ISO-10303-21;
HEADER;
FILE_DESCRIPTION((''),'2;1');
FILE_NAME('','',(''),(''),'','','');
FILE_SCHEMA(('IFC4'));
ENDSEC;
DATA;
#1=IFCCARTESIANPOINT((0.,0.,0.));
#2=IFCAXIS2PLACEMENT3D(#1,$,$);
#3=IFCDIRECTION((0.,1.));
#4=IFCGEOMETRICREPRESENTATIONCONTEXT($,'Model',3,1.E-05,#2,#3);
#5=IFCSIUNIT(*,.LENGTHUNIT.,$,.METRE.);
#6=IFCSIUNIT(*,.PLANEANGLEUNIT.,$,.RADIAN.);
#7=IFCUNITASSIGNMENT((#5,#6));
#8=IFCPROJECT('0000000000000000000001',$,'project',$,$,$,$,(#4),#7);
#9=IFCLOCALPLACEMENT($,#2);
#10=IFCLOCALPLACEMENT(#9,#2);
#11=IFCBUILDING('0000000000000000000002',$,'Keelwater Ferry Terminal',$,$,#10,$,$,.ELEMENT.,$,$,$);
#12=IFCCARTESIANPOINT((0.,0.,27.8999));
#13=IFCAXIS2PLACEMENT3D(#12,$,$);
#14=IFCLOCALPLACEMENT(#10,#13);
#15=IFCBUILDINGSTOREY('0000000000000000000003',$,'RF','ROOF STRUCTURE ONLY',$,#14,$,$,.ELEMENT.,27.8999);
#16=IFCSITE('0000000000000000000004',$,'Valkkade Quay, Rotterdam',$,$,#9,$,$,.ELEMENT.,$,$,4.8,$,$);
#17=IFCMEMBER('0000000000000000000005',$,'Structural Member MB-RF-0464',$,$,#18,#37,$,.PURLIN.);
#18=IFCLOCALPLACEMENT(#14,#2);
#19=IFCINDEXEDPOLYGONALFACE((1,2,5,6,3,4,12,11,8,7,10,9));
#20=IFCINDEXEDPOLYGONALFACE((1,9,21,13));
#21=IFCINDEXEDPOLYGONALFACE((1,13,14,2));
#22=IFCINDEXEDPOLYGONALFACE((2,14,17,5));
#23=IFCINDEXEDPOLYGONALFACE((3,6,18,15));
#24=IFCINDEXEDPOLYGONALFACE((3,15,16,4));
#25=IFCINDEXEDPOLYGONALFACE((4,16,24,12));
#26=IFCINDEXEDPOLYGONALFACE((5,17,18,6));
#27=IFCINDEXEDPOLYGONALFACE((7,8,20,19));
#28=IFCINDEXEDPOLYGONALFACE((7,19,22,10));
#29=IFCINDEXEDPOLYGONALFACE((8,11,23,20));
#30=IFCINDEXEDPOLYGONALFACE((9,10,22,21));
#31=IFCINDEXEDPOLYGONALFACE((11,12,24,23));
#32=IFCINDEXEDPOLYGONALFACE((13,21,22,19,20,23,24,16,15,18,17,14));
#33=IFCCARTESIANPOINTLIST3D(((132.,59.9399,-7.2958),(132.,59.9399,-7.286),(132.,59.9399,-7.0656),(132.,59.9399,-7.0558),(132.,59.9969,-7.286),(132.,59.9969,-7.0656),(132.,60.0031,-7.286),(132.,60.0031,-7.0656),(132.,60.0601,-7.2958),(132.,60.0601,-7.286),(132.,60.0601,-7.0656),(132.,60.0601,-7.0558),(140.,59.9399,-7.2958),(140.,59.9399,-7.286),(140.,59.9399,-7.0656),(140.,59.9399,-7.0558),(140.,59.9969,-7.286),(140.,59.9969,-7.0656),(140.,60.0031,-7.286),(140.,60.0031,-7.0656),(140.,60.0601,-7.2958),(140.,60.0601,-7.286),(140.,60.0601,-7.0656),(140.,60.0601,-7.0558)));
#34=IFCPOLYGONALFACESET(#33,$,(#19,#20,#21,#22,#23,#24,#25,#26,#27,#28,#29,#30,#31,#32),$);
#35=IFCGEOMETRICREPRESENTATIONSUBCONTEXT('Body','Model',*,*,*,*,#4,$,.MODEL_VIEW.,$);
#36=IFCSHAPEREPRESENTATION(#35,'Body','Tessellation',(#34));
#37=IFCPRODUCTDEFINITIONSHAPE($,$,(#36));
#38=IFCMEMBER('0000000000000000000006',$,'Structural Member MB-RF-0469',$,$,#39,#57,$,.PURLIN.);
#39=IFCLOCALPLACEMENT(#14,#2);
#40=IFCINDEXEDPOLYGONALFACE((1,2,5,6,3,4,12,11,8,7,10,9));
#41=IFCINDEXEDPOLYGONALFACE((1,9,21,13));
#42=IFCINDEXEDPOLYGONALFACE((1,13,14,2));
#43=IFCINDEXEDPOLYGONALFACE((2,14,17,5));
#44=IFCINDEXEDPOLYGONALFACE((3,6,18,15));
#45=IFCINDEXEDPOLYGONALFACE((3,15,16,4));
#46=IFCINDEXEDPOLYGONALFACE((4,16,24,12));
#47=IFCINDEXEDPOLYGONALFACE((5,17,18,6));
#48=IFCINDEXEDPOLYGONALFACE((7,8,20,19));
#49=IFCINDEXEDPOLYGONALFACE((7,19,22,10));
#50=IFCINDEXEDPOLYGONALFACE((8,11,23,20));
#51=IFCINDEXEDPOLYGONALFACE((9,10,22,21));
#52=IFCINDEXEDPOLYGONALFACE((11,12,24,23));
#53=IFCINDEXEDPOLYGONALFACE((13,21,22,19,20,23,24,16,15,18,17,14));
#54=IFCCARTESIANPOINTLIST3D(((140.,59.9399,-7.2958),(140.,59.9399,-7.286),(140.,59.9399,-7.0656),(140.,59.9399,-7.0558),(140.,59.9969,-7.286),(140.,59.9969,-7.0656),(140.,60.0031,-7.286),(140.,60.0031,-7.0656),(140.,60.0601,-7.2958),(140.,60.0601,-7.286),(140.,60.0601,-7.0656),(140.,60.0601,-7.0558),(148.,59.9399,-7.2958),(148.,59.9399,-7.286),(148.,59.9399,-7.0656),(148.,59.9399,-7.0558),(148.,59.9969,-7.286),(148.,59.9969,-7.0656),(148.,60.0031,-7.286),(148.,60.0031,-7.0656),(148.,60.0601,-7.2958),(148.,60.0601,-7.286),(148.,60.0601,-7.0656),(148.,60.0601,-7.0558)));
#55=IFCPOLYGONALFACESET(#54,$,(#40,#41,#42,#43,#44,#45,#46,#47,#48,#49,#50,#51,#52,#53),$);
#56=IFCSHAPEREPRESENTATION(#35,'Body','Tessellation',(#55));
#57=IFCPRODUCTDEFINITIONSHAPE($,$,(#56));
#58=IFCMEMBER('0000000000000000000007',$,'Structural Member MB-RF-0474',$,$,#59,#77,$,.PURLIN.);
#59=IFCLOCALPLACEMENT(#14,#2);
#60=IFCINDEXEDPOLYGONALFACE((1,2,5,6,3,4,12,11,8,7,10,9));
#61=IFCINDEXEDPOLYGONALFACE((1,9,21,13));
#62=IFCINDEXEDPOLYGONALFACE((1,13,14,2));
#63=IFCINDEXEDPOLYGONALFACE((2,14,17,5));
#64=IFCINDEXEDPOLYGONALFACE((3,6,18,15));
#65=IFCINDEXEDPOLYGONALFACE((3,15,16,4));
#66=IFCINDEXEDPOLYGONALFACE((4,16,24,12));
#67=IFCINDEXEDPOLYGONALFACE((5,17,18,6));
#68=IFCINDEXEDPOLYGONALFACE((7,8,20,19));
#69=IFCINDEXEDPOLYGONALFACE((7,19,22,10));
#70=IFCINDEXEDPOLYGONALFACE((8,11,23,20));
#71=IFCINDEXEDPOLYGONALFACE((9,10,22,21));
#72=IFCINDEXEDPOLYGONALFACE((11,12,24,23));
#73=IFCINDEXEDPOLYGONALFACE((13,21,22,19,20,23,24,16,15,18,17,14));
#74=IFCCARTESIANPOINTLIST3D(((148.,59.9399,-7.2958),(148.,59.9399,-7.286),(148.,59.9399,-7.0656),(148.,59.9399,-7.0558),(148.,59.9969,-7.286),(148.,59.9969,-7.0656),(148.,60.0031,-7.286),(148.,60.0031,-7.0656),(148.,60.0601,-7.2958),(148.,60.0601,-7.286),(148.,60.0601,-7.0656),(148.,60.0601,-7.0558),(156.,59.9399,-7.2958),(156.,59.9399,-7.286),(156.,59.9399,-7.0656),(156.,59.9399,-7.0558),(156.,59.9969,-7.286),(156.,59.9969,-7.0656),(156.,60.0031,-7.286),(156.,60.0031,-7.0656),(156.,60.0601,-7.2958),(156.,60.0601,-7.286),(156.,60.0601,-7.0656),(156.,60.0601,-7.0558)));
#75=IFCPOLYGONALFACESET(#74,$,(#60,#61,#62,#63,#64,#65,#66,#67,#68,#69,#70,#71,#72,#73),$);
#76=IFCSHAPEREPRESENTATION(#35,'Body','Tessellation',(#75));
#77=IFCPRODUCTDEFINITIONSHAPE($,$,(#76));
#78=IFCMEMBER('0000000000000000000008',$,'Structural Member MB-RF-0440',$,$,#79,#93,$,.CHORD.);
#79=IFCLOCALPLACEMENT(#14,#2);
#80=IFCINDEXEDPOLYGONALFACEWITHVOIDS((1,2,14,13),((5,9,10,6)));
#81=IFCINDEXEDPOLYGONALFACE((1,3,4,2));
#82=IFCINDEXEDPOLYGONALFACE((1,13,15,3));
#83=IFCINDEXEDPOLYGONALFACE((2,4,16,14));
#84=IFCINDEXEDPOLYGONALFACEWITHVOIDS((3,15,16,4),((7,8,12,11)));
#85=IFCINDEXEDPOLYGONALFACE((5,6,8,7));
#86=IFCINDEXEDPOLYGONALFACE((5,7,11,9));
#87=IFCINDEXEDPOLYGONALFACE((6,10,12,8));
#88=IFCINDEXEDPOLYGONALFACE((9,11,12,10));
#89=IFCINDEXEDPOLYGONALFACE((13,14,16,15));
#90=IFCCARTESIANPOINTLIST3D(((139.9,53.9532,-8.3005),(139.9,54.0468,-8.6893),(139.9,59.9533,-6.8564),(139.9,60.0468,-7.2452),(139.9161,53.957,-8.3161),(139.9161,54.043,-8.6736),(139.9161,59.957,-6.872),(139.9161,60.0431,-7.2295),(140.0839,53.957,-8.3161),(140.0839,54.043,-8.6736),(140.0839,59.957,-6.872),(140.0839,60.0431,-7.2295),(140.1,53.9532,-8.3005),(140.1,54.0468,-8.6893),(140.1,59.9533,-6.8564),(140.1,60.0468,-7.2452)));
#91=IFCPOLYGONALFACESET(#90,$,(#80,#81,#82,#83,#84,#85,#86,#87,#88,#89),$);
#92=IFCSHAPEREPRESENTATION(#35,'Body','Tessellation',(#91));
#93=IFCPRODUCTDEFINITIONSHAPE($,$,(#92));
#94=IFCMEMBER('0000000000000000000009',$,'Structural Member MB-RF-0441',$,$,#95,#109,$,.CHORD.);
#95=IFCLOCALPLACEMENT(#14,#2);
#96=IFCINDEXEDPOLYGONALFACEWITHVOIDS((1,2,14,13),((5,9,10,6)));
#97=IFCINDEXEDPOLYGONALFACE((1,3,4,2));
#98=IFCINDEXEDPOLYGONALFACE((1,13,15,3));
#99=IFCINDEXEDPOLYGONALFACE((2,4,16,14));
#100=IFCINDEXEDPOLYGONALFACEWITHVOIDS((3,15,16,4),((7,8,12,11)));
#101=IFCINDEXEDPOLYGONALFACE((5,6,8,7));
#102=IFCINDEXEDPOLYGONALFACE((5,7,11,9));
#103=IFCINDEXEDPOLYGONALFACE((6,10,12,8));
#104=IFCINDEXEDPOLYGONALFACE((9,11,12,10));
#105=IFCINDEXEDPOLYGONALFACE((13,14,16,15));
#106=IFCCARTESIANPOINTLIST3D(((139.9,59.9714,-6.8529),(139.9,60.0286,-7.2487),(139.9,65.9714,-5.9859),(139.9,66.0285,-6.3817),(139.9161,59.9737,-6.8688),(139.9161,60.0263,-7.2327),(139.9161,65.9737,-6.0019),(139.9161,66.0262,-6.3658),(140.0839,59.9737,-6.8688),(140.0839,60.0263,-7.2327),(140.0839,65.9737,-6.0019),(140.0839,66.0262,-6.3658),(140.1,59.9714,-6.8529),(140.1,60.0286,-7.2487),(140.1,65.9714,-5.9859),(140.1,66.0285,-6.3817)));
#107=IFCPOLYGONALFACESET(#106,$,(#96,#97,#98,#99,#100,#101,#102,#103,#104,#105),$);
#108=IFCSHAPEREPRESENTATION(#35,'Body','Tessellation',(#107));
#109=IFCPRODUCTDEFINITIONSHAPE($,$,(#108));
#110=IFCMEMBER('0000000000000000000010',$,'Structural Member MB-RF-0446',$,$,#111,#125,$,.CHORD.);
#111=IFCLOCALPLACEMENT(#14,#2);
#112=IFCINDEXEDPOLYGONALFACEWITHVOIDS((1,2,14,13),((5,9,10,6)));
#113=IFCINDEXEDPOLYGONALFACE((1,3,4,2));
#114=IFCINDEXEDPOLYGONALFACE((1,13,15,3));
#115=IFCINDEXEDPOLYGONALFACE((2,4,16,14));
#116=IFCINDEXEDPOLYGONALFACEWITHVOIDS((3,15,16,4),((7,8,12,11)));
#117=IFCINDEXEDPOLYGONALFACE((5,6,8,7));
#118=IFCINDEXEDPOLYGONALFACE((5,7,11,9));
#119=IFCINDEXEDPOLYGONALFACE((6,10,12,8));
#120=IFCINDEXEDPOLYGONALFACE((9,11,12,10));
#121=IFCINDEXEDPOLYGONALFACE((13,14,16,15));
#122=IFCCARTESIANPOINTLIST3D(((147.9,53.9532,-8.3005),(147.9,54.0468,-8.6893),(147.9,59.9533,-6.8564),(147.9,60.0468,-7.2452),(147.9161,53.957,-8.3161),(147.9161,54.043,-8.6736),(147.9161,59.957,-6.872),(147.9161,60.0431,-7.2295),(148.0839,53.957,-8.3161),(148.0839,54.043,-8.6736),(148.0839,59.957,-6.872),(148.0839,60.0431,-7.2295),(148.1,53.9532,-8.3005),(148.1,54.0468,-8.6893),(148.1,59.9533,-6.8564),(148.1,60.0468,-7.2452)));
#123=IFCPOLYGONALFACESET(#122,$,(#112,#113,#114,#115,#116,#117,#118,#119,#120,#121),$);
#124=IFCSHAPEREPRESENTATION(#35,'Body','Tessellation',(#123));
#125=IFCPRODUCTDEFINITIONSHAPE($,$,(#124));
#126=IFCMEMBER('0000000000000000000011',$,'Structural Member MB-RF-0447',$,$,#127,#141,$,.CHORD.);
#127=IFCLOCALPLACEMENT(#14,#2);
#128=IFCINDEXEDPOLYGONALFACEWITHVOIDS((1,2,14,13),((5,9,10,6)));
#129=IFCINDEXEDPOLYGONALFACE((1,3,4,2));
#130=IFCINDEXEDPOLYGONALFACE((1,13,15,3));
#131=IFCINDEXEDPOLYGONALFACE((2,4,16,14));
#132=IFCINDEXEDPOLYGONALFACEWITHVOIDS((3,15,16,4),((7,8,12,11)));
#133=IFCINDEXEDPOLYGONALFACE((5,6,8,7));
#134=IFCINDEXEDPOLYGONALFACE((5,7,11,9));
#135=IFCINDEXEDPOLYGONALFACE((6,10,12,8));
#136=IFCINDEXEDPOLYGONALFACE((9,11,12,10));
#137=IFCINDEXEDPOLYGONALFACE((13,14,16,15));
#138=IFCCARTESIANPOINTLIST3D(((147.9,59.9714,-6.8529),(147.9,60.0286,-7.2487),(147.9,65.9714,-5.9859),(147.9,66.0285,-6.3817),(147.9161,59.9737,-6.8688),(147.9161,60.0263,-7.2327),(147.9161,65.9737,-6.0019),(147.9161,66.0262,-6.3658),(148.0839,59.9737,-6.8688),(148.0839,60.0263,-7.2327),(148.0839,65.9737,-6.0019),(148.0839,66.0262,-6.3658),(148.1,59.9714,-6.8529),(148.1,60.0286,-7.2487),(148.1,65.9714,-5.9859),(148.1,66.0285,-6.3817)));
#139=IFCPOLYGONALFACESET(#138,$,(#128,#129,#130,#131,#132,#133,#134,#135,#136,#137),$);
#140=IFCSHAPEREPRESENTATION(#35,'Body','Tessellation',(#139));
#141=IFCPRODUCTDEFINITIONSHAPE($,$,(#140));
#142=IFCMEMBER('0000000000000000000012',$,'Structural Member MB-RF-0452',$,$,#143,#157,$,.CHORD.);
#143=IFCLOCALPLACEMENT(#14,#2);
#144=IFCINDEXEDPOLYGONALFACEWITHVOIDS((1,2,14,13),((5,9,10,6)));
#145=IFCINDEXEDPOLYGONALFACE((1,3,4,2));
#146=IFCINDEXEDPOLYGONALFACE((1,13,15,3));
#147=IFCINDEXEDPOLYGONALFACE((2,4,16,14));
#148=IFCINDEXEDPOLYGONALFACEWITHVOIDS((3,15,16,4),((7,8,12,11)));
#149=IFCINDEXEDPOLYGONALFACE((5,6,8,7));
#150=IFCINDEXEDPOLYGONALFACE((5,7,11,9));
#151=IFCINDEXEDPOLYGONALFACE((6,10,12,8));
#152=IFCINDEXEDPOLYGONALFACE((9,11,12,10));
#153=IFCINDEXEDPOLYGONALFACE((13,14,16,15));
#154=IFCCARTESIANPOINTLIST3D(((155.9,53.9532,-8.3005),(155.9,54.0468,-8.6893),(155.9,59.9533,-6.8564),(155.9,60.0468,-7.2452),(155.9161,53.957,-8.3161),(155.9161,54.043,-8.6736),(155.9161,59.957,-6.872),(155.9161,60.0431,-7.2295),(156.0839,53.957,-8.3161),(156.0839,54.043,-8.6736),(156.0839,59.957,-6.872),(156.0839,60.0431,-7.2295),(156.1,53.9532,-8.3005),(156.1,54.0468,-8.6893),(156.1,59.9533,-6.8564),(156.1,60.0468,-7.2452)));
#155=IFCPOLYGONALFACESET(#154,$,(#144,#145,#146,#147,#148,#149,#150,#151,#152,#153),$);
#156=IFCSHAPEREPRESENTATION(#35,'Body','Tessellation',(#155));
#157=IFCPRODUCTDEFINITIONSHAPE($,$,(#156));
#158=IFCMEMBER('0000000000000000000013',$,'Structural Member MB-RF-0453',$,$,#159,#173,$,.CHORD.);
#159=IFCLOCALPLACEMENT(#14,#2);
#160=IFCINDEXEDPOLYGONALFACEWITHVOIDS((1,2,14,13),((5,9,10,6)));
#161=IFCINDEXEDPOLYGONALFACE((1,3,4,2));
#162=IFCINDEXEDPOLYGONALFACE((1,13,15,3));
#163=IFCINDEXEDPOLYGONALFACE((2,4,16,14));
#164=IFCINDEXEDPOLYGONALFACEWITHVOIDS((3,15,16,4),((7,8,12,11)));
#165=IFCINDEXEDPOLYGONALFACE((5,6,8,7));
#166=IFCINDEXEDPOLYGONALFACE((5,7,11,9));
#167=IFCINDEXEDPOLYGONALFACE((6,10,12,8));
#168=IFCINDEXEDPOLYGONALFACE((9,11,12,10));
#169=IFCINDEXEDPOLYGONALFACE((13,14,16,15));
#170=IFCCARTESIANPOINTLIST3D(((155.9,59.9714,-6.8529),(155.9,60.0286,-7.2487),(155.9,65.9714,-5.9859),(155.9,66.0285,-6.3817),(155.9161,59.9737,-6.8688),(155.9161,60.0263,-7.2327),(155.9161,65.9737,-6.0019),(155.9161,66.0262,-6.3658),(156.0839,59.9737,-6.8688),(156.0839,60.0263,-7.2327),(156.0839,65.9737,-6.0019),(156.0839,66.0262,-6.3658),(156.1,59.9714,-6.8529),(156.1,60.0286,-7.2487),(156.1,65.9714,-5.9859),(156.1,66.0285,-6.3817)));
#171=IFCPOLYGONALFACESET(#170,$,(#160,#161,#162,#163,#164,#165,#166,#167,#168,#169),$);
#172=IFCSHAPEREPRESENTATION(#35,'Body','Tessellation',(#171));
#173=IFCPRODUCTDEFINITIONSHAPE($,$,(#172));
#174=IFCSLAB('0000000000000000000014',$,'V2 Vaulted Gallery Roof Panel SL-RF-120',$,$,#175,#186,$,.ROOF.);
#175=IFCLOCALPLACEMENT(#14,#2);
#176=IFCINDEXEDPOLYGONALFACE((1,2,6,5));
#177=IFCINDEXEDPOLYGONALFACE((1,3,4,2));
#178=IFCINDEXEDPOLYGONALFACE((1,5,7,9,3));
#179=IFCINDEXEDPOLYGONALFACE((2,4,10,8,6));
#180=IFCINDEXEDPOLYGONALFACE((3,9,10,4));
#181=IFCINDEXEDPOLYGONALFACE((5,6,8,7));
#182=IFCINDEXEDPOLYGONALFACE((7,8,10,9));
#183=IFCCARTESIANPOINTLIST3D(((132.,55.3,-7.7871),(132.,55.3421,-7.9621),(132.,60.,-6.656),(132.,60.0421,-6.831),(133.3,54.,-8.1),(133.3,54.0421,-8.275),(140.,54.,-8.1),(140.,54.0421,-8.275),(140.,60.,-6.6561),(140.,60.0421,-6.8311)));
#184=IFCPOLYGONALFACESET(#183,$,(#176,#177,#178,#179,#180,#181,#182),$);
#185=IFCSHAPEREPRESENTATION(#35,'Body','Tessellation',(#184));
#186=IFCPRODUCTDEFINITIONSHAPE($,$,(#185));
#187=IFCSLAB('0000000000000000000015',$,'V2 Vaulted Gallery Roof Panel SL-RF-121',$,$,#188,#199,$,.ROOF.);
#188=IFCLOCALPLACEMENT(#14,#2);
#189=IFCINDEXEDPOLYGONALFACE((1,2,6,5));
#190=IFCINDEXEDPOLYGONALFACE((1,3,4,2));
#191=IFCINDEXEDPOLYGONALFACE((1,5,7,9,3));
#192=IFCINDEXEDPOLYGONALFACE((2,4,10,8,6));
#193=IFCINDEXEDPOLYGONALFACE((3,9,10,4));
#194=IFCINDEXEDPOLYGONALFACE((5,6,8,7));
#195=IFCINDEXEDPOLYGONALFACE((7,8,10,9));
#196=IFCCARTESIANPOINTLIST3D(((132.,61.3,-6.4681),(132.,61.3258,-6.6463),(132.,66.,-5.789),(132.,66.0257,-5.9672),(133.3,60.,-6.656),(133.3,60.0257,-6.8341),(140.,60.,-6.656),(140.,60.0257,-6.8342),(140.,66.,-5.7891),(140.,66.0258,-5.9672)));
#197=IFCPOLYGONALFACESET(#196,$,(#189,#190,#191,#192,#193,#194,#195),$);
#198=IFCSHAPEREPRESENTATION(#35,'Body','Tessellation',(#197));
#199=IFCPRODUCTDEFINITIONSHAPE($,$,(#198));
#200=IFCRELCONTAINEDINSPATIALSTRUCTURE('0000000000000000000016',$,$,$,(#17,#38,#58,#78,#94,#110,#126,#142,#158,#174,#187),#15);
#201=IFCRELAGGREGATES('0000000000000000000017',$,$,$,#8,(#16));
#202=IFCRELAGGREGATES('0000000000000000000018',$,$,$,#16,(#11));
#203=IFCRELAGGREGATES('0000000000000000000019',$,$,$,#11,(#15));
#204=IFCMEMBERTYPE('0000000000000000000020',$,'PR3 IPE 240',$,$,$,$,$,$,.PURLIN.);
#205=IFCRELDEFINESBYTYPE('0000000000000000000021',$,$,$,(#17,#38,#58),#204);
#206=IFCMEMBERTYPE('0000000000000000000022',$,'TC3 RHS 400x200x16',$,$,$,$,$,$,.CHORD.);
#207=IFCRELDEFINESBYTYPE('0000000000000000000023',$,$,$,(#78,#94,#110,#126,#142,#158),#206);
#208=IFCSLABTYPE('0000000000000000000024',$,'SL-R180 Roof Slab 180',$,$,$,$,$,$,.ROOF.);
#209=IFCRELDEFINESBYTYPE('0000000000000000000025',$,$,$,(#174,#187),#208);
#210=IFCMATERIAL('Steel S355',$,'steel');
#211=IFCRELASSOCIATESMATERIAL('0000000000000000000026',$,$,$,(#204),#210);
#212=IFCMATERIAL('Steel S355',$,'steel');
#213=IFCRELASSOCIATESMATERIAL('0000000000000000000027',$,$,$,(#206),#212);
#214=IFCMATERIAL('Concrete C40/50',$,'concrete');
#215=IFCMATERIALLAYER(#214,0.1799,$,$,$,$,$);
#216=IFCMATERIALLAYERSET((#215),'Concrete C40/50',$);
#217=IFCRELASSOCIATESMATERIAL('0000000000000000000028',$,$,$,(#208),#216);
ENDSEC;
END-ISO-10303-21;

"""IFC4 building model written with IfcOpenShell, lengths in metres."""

from ifc_helpers import new_model, si_unit, direction, frame, origin, origin_with_axes, origin_2d, place, context, subcontext, project, spatial, polyline, hollow_rectangle, i_section, outline, extrude, material, layer, layer_set, material_profile, profile_set, type_object, element, save


model = new_model("IFC4")

# Units and contexts
model_context = context("Model", 3, precision=1e-05, world=origin(), true_north=direction((0.0, 1.0)))
body_context = subcontext(model_context, "Body", "Model", "MODEL_VIEW")
ifc_project = project(units=[si_unit("LENGTHUNIT", "METRE"), si_unit("PLANEANGLEUNIT", "RADIAN")], contexts=[model_context])

# Site, building, storey
site_placement = place(None, origin())
site = spatial("IfcSite", under=ifc_project, at=site_placement, Name="Valkkade Quay, Rotterdam", CompositionType="ELEMENT", RefElevation=4.8)
building_placement = place(site_placement, origin())
building = spatial("IfcBuilding", under=site, at=building_placement, Name="Keelwater Ferry Terminal", CompositionType="ELEMENT")
storey_placement = place(building_placement, frame((0.0, 0.0, 27.8999)))
storey = spatial("IfcBuildingStorey", under=building, at=storey_placement, Name="RF", Description="ROOF STRUCTURE ONLY", CompositionType="ELEMENT", Elevation=27.8999)

# Members
ifc_material_1 = material(Name="Steel S355", Category="steel")
ifc_material_profile_1 = material_profile(ifc_material_1, i_section(OverallWidth=0.1201, OverallDepth=0.24, WebThickness=0.0061, FlangeThickness=0.0098, at=origin_2d()), Name="IPE 240")
ifc_profile_set_1 = profile_set([ifc_material_profile_1], Name="Steel S355")
member_type_1 = type_object("IfcMemberType", Name="PR3 IPE 240", PredefinedType="PURLIN", material=ifc_profile_set_1)
for number, where, z_axis, x_axis, name in (
    (1, (132.0, 60.0, -7.1758), (1.0, 0.0, 0.0), (0.0, 1.0, 0.0), "Structural Member MB-RF-0464"),
    (2, (140.0, 60.0, -7.1758), (1.0, 0.0, 0.0), (0.0, 1.0, 0.0), "Structural Member MB-RF-0469"),
    (3, (148.0, 60.0, -7.1758), (1.0, 0.0, 0.0), (0.0, 1.0, 0.0), "Structural Member MB-RF-0474"),
):
    element("IfcMember", number, at=place(storey_placement, frame(where, z_axis=z_axis, x_axis=x_axis)), inside=storey, type_object=member_type_1, Name=name, PredefinedType="PURLIN", context=body_context, shape_type="SweptSolid", body=[
        extrude(i_section(OverallWidth=0.1201, OverallDepth=0.24, WebThickness=0.0061, FlangeThickness=0.0098, at=origin_2d()), origin(), (0.0, 0.0, 1.0), 8.0),
    ])
ifc_material_2 = material(Name="Steel S355", Category="steel")
ifc_material_profile_2 = material_profile(ifc_material_2, hollow_rectangle(XDim=0.2, YDim=0.3999, WallThickness=0.0161, at=origin_2d()), Name="RHS 400x200x16")
ifc_profile_set_2 = profile_set([ifc_material_profile_2], Name="Steel S355")
member_type_2 = type_object("IfcMemberType", Name="TC3 RHS 400x200x16", PredefinedType="CHORD", material=ifc_profile_set_2)
member_1_placement = place(storey_placement, frame((140.0, 54.0, -8.4949), z_axis=(0.0, 0.972237, 0.234), x_axis=(-1.0, 0.0, 0.0)))
element("IfcMember", 4, at=member_1_placement, inside=storey, type_object=member_type_2, Name="Structural Member MB-RF-0440", PredefinedType="CHORD", context=body_context, shape_type="SweptSolid", body=[
    extrude(hollow_rectangle(XDim=0.2, YDim=0.3999, WallThickness=0.0161, at=origin_2d()), origin(), (0.0, 0.0, 1.0), 6.1714),
])
member_2_placement = place(storey_placement, frame((140.0, 60.0, -7.0508), z_axis=(0.0, 0.989722, 0.143005), x_axis=(-1.0, 0.0, 0.0)))
element("IfcMember", 5, at=member_2_placement, inside=storey, type_object=member_type_2, Name="Structural Member MB-RF-0441", PredefinedType="CHORD", context=body_context, shape_type="SweptSolid", body=[
    extrude(hollow_rectangle(XDim=0.2, YDim=0.3999, WallThickness=0.0161, at=origin_2d()), origin(), (0.0, 0.0, 1.0), 6.0623),
])
member_3_placement = place(storey_placement, frame((148.0, 54.0, -8.4949), z_axis=(0.0, 0.972237, 0.234), x_axis=(-1.0, 0.0, 0.0)))
element("IfcMember", 6, at=member_3_placement, inside=storey, type_object=member_type_2, Name="Structural Member MB-RF-0446", PredefinedType="CHORD", context=body_context, shape_type="SweptSolid", body=[
    extrude(hollow_rectangle(XDim=0.2, YDim=0.3999, WallThickness=0.0161, at=origin_2d()), origin(), (0.0, 0.0, 1.0), 6.1714),
])
member_4_placement = place(storey_placement, frame((148.0, 60.0, -7.0508), z_axis=(0.0, 0.989722, 0.143005), x_axis=(-1.0, 0.0, 0.0)))
element("IfcMember", 7, at=member_4_placement, inside=storey, type_object=member_type_2, Name="Structural Member MB-RF-0447", PredefinedType="CHORD", context=body_context, shape_type="SweptSolid", body=[
    extrude(hollow_rectangle(XDim=0.2, YDim=0.3999, WallThickness=0.0161, at=origin_2d()), origin(), (0.0, 0.0, 1.0), 6.0623),
])
member_5_placement = place(storey_placement, frame((156.0, 54.0, -8.4949), z_axis=(0.0, 0.972237, 0.234), x_axis=(-1.0, 0.0, 0.0)))
element("IfcMember", 8, at=member_5_placement, inside=storey, type_object=member_type_2, Name="Structural Member MB-RF-0452", PredefinedType="CHORD", context=body_context, shape_type="SweptSolid", body=[
    extrude(hollow_rectangle(XDim=0.2, YDim=0.3999, WallThickness=0.0161, at=origin_2d()), origin(), (0.0, 0.0, 1.0), 6.1714),
])
member_6_placement = place(storey_placement, frame((156.0, 60.0, -7.0508), z_axis=(0.0, 0.989722, 0.143005), x_axis=(-1.0, 0.0, 0.0)))
element("IfcMember", 9, at=member_6_placement, inside=storey, type_object=member_type_2, Name="Structural Member MB-RF-0453", PredefinedType="CHORD", context=body_context, shape_type="SweptSolid", body=[
    extrude(hollow_rectangle(XDim=0.2, YDim=0.3999, WallThickness=0.0161, at=origin_2d()), origin(), (0.0, 0.0, 1.0), 6.0623),
])

# Slabs
ifc_material_3 = material(Name="Concrete C40/50", Category="concrete")
ifc_layer_1 = layer(ifc_material_3, 0.1799)
ifc_layer_set_1 = layer_set([ifc_layer_1], Name="Concrete C40/50")
slab_type = type_object("IfcSlabType", Name="SL-R180 Roof Slab 180", PredefinedType="ROOF", material=ifc_layer_set_1)
slab_1_placement = place(storey_placement, frame((133.3, 54.0421, -8.275), z_axis=(0.000006, -0.233982, 0.972241), x_axis=(1.0, 0.000001, -0.000006)))
element("IfcSlab", 10, at=slab_1_placement, inside=storey, type_object=slab_type, Name="V2 Vaulted Gallery Roof Panel SL-RF-120", PredefinedType="ROOF", context=body_context, shape_type="SweptSolid", body=[
    extrude(outline(polyline([(0.0, 0.0), (6.7, 0.0), (6.7, 6.1713), (-1.3, 6.1713), (-1.3, 1.3371), (0.0, 0.0)])), origin_with_axes(), (0.0, 0.0, 1.0), 0.18),
])
slab_2_placement = place(storey_placement, frame((133.3, 60.0257, -6.8341), z_axis=(0.000007, -0.14301, 0.989721), x_axis=(1.0, 0.000001, -0.000007)))
element("IfcSlab", 11, at=slab_2_placement, inside=storey, type_object=slab_type, Name="V2 Vaulted Gallery Roof Panel SL-RF-121", PredefinedType="ROOF", context=body_context, shape_type="SweptSolid", body=[
    extrude(outline(polyline([(0.0, 0.0), (6.7, 0.0), (6.7, 6.0623), (-1.3, 6.0623), (-1.3, 1.3135), (0.0, 0.0)])), origin_with_axes(), (0.0, 0.0, 1.0), 0.18),
])

save(model, "model.ifc")
